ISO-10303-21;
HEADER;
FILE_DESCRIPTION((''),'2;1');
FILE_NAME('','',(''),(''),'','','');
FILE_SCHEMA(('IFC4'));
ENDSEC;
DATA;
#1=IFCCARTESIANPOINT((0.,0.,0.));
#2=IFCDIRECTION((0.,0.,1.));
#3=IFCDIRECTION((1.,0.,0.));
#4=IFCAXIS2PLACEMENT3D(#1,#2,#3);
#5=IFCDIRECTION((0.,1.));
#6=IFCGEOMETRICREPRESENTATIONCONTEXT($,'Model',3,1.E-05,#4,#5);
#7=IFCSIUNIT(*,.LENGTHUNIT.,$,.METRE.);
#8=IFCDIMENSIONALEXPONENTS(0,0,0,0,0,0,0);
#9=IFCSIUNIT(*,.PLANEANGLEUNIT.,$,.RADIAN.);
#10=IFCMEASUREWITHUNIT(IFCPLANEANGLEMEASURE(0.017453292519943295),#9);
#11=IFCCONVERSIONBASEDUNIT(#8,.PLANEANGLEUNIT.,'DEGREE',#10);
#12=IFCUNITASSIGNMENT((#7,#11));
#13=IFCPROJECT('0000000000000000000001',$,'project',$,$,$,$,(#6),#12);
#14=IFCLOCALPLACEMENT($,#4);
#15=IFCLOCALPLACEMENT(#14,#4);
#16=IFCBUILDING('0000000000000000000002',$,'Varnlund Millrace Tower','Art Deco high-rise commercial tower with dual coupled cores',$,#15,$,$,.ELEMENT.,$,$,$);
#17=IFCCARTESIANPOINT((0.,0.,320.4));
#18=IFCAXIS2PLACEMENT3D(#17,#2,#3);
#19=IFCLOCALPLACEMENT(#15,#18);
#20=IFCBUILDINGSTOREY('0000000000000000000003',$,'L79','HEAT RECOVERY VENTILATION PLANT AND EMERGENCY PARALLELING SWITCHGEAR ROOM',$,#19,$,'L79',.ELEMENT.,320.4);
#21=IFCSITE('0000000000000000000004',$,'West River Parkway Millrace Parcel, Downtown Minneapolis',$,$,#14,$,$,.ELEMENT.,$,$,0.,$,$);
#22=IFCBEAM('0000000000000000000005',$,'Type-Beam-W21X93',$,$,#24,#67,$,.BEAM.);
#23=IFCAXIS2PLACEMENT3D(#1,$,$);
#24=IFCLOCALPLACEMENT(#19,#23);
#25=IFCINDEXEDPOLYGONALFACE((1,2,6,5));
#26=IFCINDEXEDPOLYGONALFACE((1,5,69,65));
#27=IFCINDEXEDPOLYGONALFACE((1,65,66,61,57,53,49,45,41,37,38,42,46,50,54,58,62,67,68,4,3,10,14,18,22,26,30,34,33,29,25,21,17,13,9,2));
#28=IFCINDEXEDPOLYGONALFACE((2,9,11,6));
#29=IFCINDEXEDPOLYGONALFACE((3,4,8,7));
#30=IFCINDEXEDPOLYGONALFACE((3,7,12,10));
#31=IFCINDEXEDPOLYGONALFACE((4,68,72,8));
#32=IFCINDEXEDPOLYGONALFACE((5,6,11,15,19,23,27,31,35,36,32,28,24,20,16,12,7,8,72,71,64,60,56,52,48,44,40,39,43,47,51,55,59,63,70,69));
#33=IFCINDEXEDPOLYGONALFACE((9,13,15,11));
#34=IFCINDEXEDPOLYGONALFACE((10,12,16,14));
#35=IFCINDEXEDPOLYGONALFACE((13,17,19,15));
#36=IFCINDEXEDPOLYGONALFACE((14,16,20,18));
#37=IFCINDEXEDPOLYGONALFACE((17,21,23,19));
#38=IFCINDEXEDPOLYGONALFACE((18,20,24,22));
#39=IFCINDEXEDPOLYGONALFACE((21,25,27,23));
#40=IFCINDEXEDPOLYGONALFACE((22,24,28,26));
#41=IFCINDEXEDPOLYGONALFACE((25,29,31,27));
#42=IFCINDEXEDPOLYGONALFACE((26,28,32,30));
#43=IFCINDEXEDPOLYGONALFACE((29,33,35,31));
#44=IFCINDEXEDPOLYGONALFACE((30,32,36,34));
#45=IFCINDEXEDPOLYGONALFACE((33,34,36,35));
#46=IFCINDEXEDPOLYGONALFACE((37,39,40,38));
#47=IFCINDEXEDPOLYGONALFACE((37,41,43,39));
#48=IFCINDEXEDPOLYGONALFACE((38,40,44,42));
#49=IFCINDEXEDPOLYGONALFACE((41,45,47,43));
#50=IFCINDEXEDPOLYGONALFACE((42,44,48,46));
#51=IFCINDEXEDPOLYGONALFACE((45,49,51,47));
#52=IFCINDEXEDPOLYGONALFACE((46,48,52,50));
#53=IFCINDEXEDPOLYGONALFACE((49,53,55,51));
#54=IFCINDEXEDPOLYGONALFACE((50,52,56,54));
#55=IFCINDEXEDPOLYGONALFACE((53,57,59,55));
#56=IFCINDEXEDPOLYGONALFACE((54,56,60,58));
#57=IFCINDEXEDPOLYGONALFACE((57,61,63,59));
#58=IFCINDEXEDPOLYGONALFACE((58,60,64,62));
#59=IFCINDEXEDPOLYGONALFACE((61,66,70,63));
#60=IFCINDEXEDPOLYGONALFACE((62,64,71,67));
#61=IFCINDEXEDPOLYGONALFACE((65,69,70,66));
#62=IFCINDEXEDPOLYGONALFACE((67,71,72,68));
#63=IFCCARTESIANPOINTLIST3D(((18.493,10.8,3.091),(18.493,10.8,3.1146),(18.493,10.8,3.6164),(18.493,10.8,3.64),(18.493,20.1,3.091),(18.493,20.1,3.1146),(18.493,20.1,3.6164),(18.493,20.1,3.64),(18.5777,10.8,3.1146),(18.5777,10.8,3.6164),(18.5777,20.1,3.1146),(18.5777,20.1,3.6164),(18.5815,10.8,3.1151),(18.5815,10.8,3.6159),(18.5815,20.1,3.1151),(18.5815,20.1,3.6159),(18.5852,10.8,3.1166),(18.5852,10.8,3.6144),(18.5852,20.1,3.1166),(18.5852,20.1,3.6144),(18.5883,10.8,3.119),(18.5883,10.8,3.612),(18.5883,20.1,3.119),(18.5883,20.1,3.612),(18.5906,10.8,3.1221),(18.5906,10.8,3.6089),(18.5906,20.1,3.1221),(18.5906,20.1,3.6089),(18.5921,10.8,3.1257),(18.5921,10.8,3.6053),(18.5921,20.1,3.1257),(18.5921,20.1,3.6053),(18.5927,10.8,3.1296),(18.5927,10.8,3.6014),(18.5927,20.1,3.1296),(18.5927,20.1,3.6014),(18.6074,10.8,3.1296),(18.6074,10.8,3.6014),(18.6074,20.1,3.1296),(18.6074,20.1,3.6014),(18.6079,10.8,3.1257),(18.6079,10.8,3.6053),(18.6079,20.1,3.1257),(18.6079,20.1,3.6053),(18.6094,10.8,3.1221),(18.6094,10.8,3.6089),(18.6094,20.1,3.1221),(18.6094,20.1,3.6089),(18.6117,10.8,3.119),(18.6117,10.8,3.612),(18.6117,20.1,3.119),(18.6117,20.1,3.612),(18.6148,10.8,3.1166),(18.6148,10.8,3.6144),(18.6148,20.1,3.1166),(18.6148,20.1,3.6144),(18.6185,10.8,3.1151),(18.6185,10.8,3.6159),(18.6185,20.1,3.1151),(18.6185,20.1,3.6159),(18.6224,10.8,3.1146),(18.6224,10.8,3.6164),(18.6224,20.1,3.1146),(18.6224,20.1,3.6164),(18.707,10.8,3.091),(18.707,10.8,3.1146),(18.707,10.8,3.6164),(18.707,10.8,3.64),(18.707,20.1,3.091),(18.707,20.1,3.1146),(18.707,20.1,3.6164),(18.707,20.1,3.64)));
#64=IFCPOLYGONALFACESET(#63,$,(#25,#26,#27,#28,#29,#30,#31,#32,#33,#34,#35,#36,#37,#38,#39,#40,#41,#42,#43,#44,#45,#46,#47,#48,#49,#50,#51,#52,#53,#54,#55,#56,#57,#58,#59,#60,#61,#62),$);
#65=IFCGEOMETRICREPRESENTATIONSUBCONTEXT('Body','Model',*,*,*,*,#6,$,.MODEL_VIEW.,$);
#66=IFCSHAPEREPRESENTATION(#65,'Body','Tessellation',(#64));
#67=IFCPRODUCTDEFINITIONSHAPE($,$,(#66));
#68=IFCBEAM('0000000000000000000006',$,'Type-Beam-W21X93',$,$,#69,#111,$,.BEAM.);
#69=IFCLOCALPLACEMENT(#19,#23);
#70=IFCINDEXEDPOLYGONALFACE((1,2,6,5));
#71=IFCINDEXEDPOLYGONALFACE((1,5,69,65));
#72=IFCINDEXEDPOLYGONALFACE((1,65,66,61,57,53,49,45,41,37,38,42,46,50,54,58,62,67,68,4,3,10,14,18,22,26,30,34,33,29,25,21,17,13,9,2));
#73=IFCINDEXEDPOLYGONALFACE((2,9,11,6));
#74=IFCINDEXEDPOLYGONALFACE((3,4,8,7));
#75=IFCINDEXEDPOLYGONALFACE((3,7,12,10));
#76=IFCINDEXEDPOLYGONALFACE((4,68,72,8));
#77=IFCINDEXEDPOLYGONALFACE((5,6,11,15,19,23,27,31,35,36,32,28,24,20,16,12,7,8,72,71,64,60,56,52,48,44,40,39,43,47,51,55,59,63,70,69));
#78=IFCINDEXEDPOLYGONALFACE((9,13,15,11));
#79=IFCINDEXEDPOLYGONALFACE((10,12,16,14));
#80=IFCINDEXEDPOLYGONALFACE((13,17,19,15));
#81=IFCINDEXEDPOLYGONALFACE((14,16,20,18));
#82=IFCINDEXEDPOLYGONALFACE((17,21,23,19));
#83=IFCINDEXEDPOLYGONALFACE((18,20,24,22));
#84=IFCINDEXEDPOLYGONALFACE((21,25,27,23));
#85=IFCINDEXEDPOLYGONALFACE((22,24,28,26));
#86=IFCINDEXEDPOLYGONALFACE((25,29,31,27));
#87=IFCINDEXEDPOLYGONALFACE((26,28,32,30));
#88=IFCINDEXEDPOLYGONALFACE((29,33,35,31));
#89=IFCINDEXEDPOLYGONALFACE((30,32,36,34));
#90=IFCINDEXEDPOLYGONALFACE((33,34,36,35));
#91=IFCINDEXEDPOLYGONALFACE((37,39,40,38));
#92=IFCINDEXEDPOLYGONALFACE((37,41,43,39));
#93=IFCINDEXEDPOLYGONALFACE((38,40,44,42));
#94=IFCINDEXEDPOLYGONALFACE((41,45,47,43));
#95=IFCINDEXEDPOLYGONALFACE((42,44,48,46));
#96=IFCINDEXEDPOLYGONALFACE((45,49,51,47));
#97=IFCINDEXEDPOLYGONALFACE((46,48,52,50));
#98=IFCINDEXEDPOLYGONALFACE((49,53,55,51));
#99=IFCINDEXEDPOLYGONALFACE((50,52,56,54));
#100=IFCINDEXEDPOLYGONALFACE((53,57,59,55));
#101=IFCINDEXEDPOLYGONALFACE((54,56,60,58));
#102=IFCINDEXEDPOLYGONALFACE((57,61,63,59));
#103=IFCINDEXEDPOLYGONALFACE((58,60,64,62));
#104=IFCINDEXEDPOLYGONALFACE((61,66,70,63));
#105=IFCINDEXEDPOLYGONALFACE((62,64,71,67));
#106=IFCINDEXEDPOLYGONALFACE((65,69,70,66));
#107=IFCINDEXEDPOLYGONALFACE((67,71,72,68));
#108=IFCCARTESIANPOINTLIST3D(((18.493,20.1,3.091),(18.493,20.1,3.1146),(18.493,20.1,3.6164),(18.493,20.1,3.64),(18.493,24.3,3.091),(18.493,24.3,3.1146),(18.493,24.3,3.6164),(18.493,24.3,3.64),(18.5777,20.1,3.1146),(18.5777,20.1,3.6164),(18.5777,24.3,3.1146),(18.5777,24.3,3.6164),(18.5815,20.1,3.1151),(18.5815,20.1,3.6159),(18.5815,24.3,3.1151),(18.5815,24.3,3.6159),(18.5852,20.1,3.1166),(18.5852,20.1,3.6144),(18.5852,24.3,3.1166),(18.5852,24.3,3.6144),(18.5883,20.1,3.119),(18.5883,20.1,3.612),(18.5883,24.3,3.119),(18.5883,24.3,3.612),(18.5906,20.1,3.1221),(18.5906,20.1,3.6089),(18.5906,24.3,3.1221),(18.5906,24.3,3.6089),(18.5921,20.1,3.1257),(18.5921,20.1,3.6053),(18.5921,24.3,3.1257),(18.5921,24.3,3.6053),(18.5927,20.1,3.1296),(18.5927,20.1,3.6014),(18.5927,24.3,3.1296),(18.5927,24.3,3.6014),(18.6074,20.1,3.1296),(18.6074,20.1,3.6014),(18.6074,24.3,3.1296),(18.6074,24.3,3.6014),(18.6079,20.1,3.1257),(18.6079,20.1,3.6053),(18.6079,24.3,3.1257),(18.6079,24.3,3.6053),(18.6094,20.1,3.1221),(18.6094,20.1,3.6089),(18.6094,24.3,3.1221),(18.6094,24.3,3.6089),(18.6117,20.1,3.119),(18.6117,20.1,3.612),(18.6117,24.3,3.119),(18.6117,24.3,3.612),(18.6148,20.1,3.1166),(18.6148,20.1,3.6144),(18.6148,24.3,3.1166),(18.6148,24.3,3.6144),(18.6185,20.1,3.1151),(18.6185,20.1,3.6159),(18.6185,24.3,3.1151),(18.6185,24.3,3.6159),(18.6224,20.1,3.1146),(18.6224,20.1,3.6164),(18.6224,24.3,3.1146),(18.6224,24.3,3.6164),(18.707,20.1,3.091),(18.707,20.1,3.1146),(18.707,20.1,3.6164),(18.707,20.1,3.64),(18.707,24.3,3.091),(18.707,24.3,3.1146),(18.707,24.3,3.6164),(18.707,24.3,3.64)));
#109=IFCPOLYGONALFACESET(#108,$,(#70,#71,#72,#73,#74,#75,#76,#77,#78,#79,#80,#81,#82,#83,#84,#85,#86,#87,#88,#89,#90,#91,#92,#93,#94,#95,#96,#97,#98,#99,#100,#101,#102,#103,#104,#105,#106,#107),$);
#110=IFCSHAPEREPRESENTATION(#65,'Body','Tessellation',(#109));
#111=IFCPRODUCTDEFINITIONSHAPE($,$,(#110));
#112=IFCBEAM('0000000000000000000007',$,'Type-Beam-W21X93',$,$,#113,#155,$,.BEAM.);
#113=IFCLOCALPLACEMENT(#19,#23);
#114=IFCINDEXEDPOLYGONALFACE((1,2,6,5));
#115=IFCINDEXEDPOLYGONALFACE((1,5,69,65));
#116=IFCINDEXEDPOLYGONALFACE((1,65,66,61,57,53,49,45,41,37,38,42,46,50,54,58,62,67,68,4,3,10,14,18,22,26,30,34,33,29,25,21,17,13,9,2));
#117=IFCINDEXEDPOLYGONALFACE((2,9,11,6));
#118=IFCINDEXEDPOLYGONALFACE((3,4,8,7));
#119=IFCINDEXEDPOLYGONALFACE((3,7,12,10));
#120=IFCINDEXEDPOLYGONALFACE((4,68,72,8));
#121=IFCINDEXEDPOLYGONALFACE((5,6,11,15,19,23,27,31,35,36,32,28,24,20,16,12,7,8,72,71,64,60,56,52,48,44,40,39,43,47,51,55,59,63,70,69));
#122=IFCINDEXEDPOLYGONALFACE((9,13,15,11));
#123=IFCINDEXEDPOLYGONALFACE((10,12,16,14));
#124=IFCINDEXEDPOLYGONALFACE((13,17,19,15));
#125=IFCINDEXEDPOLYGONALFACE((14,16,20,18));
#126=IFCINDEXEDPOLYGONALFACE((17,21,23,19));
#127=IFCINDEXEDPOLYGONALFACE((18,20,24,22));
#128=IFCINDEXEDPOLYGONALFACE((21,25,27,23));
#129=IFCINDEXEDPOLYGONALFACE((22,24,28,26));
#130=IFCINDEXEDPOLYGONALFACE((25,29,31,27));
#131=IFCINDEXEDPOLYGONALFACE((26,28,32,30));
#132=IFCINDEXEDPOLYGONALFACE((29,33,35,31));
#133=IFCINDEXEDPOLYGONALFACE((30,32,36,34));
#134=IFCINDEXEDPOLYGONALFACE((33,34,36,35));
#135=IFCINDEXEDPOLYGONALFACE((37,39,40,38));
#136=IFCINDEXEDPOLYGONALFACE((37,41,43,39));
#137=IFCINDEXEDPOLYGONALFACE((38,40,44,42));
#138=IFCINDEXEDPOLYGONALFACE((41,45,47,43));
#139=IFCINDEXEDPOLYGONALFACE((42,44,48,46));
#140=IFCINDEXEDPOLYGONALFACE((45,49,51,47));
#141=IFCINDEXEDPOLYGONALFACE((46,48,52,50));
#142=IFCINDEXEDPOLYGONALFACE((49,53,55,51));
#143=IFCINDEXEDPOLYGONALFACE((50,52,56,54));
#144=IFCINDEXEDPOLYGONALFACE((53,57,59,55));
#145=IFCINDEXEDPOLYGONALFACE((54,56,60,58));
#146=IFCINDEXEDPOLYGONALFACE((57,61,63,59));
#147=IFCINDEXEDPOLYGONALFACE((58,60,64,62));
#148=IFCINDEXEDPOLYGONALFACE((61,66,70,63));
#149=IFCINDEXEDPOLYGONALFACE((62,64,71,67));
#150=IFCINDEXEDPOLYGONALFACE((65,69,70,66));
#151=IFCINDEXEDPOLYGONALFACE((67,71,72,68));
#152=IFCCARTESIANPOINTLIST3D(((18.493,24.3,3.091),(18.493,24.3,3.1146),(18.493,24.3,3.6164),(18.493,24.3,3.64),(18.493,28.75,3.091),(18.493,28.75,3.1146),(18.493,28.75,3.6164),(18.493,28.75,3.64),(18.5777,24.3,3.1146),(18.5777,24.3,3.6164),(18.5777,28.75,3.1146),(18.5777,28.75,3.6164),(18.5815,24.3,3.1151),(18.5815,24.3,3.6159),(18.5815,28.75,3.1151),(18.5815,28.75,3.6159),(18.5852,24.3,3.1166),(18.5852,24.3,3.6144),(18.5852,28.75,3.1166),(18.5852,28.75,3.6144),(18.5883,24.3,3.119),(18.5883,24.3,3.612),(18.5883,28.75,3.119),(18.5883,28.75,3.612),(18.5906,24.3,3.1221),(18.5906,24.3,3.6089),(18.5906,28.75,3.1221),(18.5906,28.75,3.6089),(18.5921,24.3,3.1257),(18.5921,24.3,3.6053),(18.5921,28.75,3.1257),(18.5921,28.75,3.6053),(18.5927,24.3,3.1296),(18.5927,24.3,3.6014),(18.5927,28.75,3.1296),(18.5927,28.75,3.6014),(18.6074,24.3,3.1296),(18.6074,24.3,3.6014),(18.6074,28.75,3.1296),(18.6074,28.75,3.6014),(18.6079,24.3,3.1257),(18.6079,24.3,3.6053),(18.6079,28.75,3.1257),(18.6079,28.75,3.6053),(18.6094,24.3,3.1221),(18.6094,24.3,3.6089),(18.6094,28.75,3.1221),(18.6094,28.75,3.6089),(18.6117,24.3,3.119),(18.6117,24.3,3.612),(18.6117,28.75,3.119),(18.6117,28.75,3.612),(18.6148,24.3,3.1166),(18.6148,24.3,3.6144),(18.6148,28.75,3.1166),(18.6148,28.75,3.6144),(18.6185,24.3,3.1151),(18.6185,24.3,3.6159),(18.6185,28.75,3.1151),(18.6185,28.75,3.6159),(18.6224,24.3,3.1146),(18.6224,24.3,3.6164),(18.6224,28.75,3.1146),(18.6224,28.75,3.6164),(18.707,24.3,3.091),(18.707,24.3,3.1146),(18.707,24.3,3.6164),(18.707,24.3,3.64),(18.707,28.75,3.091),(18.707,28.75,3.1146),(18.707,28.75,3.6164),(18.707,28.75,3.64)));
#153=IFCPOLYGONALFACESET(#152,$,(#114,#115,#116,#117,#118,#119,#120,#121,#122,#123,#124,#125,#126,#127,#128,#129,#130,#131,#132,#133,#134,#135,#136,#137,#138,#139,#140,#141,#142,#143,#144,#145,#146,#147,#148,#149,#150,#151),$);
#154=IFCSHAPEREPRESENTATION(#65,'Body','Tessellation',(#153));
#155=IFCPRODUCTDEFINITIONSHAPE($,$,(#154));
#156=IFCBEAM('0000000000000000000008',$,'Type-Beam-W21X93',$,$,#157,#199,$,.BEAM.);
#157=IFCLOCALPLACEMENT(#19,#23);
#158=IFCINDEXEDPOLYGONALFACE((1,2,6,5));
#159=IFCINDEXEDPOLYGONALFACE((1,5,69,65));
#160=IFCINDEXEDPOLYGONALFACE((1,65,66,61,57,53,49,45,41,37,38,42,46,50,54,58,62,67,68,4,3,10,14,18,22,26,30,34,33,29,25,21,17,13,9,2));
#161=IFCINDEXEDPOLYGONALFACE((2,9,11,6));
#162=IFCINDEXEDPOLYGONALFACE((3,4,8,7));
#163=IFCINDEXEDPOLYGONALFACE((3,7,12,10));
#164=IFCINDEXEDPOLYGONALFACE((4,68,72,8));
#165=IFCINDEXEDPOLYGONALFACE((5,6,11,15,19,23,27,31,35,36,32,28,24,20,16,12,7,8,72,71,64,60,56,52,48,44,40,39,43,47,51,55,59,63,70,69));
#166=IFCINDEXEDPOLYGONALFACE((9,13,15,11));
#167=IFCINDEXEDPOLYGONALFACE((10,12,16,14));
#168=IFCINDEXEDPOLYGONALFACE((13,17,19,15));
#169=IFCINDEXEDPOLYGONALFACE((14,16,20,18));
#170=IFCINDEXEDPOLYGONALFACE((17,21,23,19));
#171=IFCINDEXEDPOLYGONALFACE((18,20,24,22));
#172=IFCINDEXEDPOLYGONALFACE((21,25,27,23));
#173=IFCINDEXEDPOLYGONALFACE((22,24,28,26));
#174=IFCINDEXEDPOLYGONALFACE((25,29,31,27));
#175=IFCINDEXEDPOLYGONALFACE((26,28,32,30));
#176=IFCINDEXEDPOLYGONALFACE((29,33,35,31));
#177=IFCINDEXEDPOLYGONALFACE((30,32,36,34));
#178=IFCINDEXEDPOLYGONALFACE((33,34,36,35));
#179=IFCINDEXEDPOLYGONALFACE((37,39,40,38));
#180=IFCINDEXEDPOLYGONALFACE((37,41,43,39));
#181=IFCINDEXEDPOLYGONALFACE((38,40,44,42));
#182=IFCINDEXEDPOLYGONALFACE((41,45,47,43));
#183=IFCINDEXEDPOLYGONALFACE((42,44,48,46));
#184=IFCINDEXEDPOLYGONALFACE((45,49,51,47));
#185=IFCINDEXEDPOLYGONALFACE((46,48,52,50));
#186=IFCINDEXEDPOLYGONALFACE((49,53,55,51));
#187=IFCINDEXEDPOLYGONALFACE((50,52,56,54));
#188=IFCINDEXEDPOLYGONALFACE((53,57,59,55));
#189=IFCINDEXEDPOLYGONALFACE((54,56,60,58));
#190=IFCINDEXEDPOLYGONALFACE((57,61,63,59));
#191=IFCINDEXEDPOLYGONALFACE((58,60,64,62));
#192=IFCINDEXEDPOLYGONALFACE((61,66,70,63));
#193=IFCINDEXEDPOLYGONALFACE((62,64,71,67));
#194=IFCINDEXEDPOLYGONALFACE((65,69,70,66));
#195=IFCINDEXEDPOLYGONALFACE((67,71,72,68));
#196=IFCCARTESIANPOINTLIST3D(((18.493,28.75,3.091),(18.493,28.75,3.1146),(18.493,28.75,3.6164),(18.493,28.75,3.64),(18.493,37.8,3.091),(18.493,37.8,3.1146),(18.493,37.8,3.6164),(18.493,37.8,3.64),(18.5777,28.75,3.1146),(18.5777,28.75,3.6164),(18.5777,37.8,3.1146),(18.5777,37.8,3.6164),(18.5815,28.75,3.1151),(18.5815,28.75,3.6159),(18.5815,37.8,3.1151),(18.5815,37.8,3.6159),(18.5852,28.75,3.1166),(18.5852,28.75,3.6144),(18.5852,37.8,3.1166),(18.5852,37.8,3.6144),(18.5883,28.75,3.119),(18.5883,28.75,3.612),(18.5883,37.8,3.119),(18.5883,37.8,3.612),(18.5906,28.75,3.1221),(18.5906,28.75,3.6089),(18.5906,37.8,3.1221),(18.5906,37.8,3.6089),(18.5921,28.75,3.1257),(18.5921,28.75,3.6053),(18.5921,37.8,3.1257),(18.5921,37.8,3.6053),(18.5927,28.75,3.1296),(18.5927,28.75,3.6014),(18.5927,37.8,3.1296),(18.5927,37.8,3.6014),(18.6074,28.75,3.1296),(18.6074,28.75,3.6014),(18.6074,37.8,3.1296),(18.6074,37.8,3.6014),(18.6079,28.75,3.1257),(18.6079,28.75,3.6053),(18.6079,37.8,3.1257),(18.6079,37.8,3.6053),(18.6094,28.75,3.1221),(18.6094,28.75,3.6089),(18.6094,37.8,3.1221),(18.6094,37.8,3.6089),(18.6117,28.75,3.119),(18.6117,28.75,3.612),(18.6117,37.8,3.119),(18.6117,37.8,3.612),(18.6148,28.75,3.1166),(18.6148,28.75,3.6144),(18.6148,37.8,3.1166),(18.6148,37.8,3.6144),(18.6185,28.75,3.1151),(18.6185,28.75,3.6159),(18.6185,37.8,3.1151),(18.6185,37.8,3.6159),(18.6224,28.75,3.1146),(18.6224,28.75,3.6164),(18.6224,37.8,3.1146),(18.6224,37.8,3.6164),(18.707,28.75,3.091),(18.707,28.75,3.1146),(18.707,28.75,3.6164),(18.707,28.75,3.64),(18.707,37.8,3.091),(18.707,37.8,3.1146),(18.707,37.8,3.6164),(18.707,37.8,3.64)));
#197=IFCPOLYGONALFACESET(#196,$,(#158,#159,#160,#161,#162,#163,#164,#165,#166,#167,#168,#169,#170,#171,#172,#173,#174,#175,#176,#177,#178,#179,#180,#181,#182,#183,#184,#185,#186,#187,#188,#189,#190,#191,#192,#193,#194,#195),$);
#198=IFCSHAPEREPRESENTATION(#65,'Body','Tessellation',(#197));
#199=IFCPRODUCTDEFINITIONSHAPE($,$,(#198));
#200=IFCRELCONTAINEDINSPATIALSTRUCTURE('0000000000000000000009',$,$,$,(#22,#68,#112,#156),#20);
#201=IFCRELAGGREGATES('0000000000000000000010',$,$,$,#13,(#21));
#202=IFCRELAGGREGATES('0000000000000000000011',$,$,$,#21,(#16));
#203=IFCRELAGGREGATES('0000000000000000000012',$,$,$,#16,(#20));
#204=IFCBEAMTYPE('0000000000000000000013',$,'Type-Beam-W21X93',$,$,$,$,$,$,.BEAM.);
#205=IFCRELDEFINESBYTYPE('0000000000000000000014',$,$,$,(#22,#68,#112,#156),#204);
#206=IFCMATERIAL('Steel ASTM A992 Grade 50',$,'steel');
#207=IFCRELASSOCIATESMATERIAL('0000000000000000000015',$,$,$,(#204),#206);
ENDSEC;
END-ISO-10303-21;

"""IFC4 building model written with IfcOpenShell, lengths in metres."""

from ifc_helpers import new_model, entity, si_unit, converted_unit, direction, frame, origin_with_axes, origin_2d_with_axis, place, context, subcontext, project, spatial, i_section, extrude, material, material_profile, profile_set, type_object, element, save


model = new_model("IFC4")

# Units and contexts
model_context = context("Model", 3, precision=1e-05, world=origin_with_axes(), true_north=direction((0.0, 1.0)))
body_context = subcontext(model_context, "Body", "Model", "MODEL_VIEW")
ifc_project = project(units=[si_unit("LENGTHUNIT", "METRE"), converted_unit("PLANEANGLEUNIT", "DEGREE", entity("IfcPlaneAngleMeasure", 0.017453292519943295), si_unit("PLANEANGLEUNIT", "RADIAN"), dimensions=[0, 0, 0, 0, 0, 0, 0])], contexts=[model_context])

# Site, building, storey
site_placement = place(None, origin_with_axes())
site = spatial("IfcSite", under=ifc_project, at=site_placement, Name="West River Parkway Millrace Parcel, Downtown Minneapolis", CompositionType="ELEMENT", RefElevation=0.0)
building_placement = place(site_placement, origin_with_axes())
building = spatial("IfcBuilding", under=site, at=building_placement, Name="Varnlund Millrace Tower", Description="Art Deco high-rise commercial tower with dual coupled cores", CompositionType="ELEMENT")
storey_placement = place(building_placement, frame((0.0, 0.0, 320.4), z_axis=(0.0, 0.0, 1.0), x_axis=(1.0, 0.0, 0.0)))
storey = spatial("IfcBuildingStorey", under=building, at=storey_placement, Name="L79", Description="HEAT RECOVERY VENTILATION PLANT AND EMERGENCY PARALLELING SWITCHGEAR ROOM", LongName="L79", CompositionType="ELEMENT", Elevation=320.4)

# Beams
ifc_material_1 = material(Name="Steel ASTM A992 Grade 50", Category="steel")
ifc_material_profile_1 = material_profile(ifc_material_1, i_section(OverallWidth=0.214, OverallDepth=0.549, WebThickness=0.0147, FlangeThickness=0.0236, FilletRadius=0.015, at=origin_2d_with_axis()), Name="Steel ASTM A992 Grade 50")
ifc_profile_set_1 = profile_set([ifc_material_profile_1], Name="Steel ASTM A992 Grade 50")
beam_type_1 = type_object("IfcBeamType", Name="Type-Beam-W21X93", PredefinedType="BEAM", material=ifc_profile_set_1)
beam_1_placement = place(storey_placement, frame((18.6, 10.8, 3.3655), z_axis=(0.0, 1.0, 0.0), x_axis=(-1.0, 0.0, 0.0)))
element("IfcBeam", 1, at=beam_1_placement, inside=storey, type_object=beam_type_1, Name="Type-Beam-W21X93", PredefinedType="BEAM", context=body_context, shape_type="SweptSolid", body=[
    extrude(i_section(OverallWidth=0.214, OverallDepth=0.549, WebThickness=0.0147, FlangeThickness=0.0236, FilletRadius=0.015, at=origin_2d_with_axis()), origin_with_axes(), (0.0, 0.0, 1.0), 9.3),
])
beam_2_placement = place(storey_placement, frame((18.6, 20.1, 3.3655), z_axis=(0.0, 1.0, 0.0), x_axis=(-1.0, 0.0, 0.0)))
element("IfcBeam", 2, at=beam_2_placement, inside=storey, type_object=beam_type_1, Name="Type-Beam-W21X93", PredefinedType="BEAM", context=body_context, shape_type="SweptSolid", body=[
    extrude(i_section(OverallWidth=0.214, OverallDepth=0.549, WebThickness=0.0147, FlangeThickness=0.0236, FilletRadius=0.015, at=origin_2d_with_axis()), origin_with_axes(), (0.0, 0.0, 1.0), 4.2),
])
beam_3_placement = place(storey_placement, frame((18.6, 24.3, 3.3655), z_axis=(0.0, 1.0, 0.0), x_axis=(-1.0, 0.0, 0.0)))
element("IfcBeam", 3, at=beam_3_placement, inside=storey, type_object=beam_type_1, Name="Type-Beam-W21X93", PredefinedType="BEAM", context=body_context, shape_type="SweptSolid", body=[
    extrude(i_section(OverallWidth=0.214, OverallDepth=0.549, WebThickness=0.0147, FlangeThickness=0.0236, FilletRadius=0.015, at=origin_2d_with_axis()), origin_with_axes(), (0.0, 0.0, 1.0), 4.45),
])
beam_4_placement = place(storey_placement, frame((18.6, 28.75, 3.3655), z_axis=(0.0, 1.0, 0.0), x_axis=(-1.0, 0.0, 0.0)))
element("IfcBeam", 4, at=beam_4_placement, inside=storey, type_object=beam_type_1, Name="Type-Beam-W21X93", PredefinedType="BEAM", context=body_context, shape_type="SweptSolid", body=[
    extrude(i_section(OverallWidth=0.214, OverallDepth=0.549, WebThickness=0.0147, FlangeThickness=0.0236, FilletRadius=0.015, at=origin_2d_with_axis()), origin_with_axes(), (0.0, 0.0, 1.0), 9.05),
])

save(model, "model.ifc")
